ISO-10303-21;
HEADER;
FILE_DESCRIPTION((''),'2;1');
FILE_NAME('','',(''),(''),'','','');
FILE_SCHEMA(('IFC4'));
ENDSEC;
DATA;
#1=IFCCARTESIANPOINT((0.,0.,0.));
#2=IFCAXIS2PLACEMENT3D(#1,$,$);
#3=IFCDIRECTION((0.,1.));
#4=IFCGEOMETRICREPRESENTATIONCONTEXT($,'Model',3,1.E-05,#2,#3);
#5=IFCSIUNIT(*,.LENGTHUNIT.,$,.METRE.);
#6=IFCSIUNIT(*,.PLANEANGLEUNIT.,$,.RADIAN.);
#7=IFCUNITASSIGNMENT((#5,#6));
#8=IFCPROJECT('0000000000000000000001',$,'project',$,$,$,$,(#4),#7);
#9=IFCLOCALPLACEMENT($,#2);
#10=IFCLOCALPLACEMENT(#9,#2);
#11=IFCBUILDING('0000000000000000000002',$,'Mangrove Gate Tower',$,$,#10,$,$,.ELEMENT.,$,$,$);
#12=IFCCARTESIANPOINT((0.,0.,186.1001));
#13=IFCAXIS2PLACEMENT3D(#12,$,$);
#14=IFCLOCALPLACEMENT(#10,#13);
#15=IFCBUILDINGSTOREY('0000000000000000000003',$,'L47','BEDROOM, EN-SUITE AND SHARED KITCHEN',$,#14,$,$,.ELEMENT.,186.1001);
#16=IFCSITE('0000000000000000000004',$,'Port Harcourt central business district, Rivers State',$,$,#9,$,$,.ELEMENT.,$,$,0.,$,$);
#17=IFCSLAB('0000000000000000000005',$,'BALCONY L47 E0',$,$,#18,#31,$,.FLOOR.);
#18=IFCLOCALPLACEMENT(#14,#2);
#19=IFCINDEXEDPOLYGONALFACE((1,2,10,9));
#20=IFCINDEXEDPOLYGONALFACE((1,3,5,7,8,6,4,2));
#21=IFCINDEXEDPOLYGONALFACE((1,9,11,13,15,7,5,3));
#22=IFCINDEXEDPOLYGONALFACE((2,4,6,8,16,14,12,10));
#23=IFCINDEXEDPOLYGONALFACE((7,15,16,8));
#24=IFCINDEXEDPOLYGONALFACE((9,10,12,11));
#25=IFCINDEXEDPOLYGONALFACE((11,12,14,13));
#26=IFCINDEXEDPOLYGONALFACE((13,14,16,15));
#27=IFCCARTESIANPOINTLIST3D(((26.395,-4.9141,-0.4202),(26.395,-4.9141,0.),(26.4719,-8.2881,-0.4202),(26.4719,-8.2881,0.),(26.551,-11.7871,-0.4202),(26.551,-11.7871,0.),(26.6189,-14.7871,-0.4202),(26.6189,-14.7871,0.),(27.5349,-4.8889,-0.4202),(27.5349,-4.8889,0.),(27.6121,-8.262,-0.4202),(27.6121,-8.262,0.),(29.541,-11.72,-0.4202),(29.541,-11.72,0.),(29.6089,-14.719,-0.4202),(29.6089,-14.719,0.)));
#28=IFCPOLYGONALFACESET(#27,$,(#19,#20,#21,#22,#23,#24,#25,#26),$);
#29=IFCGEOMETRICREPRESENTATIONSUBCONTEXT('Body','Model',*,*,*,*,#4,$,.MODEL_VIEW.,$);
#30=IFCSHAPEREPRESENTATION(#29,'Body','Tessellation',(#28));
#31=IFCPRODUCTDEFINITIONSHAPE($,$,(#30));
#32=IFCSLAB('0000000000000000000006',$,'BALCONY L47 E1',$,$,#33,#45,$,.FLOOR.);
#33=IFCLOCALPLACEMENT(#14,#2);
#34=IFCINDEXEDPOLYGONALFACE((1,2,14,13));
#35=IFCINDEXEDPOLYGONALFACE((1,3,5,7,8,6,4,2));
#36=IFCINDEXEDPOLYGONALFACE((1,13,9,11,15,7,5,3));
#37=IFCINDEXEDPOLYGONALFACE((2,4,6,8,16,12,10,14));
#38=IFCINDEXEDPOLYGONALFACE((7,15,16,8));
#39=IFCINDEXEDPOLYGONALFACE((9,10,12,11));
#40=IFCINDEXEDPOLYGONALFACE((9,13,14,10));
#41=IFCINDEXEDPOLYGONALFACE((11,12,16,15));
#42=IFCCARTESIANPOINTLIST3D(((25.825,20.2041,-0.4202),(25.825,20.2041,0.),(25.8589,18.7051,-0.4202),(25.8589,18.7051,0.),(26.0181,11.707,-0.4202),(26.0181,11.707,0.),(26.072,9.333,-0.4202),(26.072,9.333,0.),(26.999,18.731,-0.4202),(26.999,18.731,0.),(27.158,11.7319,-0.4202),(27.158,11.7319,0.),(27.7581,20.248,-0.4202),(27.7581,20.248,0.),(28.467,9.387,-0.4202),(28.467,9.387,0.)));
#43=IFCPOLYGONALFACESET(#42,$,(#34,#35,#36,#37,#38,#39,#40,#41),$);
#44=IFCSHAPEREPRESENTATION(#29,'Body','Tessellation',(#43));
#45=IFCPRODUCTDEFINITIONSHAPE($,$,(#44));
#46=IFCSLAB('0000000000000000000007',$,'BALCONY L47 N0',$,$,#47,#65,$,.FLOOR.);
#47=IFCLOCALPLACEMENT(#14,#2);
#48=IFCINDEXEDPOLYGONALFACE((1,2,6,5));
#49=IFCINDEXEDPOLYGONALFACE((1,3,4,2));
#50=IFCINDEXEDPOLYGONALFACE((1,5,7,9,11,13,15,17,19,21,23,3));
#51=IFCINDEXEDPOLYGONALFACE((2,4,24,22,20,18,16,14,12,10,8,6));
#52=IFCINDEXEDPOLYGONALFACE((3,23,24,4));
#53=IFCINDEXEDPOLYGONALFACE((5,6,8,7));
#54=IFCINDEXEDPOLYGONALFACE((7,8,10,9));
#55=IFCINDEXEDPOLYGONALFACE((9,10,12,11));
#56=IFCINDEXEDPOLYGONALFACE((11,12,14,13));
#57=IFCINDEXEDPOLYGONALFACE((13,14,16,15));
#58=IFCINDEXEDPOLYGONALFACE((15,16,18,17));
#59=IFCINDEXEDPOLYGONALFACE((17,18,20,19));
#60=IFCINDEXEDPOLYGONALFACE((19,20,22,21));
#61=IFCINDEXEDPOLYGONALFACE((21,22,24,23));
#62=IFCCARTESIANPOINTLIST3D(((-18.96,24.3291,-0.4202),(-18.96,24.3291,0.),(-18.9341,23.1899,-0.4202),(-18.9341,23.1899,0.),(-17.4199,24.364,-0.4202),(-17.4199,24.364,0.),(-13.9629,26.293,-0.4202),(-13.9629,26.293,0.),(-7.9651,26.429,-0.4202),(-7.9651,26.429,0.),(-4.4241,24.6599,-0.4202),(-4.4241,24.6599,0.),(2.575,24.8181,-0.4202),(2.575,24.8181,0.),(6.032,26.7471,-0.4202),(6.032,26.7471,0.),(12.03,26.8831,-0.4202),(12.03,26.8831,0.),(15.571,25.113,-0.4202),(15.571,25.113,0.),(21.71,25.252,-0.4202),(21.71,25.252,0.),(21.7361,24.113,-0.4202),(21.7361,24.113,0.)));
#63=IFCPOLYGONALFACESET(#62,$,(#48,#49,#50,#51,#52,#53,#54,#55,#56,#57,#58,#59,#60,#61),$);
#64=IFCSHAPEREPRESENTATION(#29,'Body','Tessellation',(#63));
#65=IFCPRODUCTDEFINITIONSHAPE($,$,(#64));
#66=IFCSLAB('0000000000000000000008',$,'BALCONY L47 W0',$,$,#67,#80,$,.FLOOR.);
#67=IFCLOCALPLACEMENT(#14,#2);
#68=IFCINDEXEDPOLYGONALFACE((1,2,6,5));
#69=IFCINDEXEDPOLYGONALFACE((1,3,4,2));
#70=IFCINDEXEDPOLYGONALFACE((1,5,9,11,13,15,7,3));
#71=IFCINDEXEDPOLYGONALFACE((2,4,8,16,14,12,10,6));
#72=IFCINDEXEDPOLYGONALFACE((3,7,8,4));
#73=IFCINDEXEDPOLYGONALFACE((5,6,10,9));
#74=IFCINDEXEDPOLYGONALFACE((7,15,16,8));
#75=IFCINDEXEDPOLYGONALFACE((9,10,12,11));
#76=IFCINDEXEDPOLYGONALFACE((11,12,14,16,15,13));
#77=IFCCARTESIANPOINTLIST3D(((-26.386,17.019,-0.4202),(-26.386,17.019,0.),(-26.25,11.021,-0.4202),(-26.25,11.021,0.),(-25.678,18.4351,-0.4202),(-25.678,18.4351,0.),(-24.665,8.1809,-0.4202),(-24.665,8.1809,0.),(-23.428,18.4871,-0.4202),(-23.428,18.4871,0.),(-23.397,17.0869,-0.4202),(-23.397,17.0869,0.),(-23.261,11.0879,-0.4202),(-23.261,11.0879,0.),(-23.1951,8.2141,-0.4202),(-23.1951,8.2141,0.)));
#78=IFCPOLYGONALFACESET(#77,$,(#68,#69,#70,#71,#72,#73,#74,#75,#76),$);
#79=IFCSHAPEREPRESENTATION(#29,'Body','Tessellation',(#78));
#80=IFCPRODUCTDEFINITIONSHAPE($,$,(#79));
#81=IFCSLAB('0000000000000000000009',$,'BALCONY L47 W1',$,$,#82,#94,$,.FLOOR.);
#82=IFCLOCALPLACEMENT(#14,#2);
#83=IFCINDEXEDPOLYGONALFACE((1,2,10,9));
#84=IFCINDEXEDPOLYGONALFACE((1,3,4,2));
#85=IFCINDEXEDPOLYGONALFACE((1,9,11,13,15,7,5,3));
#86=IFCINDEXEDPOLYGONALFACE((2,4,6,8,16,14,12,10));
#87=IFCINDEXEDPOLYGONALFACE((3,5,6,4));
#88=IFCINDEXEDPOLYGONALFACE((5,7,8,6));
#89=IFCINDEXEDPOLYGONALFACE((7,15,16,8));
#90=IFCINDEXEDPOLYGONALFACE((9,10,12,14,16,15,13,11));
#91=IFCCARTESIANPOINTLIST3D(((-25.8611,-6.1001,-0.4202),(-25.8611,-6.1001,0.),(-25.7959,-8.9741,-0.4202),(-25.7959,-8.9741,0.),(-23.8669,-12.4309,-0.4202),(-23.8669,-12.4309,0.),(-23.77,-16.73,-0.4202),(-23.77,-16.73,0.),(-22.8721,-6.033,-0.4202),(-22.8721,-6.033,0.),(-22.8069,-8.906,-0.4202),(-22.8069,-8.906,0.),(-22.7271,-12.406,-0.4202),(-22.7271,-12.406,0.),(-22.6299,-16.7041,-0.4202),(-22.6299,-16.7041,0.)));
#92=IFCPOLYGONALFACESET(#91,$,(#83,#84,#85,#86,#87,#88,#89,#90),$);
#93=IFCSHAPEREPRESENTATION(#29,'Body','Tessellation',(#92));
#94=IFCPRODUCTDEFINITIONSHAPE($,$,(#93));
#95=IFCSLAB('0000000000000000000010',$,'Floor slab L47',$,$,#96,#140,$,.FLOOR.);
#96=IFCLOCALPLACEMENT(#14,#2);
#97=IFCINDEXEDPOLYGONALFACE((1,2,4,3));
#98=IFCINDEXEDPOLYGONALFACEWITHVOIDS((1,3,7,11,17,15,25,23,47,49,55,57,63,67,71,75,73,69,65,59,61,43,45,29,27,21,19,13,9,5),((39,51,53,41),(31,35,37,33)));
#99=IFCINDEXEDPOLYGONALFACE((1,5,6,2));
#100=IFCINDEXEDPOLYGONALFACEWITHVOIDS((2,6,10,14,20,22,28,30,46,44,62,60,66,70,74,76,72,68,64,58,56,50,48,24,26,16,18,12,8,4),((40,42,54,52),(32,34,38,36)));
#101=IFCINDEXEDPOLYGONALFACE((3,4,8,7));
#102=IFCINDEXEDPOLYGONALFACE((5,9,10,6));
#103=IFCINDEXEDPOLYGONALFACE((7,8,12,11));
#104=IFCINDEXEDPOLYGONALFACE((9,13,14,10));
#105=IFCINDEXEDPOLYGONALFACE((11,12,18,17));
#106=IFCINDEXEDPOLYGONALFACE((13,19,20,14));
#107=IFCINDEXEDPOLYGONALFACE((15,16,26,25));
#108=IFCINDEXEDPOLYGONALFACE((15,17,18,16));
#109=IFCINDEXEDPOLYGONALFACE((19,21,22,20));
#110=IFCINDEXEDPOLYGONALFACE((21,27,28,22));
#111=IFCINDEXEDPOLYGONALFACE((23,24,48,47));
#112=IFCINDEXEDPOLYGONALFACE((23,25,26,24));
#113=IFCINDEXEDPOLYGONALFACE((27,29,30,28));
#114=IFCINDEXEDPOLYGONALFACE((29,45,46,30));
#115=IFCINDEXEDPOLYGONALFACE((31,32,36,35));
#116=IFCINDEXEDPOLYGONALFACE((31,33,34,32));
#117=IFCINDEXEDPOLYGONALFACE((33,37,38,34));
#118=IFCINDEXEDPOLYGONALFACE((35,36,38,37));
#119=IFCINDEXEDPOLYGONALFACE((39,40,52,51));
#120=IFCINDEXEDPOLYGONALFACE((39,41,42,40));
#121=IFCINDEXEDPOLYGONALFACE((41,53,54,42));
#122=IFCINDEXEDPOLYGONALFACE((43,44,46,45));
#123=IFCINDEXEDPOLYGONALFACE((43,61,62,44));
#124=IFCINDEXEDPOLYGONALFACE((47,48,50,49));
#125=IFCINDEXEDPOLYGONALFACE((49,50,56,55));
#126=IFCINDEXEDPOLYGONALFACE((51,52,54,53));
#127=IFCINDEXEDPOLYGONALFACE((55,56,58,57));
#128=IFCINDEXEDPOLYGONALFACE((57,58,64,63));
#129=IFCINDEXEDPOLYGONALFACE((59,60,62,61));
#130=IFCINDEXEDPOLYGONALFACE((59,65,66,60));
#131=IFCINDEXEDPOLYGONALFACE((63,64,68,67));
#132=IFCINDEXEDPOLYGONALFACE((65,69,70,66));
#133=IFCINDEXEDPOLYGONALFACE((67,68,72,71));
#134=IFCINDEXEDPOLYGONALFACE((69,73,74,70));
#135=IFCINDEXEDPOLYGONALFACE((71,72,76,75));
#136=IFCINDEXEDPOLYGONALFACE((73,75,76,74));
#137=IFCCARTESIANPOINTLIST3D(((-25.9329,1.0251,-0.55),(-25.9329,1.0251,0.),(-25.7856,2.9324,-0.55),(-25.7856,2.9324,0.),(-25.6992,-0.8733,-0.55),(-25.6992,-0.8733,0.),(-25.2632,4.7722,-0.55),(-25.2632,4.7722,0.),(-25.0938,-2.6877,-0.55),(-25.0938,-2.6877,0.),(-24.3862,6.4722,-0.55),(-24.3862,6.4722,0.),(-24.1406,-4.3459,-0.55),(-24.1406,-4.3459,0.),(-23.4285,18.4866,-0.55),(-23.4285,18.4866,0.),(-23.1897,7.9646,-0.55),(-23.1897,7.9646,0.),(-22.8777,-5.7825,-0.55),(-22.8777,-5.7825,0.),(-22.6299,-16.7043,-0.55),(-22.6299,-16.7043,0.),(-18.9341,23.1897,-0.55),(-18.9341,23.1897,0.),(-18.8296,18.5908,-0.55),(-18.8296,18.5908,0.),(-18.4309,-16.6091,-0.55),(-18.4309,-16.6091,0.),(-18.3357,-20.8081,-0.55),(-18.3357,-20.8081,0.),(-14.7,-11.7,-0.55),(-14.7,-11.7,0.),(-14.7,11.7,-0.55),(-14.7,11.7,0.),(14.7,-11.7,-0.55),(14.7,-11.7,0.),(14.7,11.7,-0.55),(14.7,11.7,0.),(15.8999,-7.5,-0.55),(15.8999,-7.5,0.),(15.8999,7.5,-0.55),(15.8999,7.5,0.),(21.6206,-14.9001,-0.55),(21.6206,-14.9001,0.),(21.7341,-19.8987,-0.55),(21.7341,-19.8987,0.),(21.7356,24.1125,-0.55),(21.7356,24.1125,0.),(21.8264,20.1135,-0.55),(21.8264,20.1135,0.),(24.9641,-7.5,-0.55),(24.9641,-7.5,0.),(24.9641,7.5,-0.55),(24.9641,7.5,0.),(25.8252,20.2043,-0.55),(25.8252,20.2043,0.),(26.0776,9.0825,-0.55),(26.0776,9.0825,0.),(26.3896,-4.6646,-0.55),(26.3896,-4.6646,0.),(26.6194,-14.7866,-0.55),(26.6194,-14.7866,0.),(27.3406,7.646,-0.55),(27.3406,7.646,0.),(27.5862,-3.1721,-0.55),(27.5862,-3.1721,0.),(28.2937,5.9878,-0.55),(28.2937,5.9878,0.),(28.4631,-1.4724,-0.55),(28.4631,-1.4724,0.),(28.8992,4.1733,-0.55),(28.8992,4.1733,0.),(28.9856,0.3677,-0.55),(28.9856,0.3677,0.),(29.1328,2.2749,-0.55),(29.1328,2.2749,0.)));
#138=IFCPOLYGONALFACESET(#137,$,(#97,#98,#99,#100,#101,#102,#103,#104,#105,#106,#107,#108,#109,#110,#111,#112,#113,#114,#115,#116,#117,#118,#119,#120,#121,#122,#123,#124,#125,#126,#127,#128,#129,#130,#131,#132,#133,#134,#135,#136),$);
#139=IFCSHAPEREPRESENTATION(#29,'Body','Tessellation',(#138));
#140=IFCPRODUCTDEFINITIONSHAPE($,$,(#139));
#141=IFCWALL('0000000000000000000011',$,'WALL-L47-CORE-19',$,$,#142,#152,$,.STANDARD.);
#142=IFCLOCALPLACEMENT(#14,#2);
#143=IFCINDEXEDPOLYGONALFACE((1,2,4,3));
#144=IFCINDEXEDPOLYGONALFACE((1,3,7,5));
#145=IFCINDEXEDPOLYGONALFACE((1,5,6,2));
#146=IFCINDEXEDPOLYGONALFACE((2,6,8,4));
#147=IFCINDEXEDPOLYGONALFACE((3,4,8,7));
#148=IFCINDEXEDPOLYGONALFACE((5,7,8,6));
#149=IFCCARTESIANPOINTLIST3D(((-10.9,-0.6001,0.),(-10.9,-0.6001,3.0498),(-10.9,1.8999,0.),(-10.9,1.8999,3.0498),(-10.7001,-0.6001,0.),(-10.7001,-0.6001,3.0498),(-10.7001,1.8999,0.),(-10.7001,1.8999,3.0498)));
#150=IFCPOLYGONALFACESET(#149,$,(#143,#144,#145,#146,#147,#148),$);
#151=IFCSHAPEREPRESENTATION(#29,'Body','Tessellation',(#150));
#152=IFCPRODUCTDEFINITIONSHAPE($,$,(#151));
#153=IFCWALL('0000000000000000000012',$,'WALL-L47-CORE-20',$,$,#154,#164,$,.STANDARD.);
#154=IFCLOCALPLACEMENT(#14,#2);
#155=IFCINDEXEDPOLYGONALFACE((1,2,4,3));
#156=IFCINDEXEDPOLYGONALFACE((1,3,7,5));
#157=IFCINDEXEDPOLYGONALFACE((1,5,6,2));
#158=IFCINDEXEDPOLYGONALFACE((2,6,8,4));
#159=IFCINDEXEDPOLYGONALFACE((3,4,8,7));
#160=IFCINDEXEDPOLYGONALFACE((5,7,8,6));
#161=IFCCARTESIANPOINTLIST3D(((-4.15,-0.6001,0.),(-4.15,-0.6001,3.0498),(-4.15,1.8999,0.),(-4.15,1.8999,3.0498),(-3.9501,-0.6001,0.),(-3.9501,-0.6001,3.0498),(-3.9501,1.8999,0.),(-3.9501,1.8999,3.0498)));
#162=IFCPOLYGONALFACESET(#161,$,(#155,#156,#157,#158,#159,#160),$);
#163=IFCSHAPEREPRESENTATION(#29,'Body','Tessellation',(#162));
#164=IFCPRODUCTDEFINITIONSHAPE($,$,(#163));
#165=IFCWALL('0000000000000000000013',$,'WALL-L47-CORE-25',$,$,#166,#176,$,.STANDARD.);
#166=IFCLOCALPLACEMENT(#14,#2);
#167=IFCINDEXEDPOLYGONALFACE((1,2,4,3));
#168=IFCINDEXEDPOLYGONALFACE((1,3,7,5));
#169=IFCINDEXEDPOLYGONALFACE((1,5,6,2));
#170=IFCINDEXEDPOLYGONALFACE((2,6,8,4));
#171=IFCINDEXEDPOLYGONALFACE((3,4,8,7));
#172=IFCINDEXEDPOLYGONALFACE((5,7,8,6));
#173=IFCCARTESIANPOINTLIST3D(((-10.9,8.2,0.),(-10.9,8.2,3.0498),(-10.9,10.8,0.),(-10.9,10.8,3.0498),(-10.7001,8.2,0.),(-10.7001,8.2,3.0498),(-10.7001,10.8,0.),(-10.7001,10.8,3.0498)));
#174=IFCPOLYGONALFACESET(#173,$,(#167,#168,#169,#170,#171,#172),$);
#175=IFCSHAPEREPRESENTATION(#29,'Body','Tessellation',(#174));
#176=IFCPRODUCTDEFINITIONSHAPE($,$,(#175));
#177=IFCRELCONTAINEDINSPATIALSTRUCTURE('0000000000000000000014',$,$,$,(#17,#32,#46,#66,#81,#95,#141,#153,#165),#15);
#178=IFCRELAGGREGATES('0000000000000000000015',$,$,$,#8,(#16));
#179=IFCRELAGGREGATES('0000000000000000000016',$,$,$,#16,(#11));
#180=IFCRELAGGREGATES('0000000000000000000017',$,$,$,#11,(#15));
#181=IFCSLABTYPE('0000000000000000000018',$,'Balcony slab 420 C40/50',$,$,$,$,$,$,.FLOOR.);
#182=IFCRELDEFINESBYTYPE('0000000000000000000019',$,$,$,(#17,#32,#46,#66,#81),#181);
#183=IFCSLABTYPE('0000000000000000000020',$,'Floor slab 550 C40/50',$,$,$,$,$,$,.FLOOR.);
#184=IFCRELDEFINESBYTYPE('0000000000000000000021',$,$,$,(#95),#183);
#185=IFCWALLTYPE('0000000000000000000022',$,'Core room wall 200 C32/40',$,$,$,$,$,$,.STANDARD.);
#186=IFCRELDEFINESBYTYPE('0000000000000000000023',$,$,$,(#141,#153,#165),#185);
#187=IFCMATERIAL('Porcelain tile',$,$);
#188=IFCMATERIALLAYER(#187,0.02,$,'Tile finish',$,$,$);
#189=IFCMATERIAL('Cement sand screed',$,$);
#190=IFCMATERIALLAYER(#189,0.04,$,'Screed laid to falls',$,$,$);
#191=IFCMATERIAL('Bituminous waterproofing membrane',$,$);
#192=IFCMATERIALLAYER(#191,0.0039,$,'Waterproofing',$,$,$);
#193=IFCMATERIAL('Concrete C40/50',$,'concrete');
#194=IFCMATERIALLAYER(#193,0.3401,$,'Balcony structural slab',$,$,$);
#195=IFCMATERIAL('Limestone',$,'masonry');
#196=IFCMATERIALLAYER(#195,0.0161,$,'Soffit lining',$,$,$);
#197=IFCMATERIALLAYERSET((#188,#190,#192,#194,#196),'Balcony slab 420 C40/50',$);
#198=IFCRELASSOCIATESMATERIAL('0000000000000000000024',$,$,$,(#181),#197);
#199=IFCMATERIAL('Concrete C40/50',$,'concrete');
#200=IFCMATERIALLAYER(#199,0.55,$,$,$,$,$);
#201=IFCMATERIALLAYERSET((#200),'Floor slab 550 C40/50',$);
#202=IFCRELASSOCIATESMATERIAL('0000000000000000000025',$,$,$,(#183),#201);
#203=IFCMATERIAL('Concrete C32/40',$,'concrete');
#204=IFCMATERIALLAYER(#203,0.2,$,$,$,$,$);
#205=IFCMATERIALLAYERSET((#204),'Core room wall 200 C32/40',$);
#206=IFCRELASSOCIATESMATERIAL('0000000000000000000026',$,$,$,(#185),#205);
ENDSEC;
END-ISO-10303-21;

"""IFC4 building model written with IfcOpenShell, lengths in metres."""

from ifc_helpers import new_model, si_unit, direction, frame, frame_2d, origin, place, context, subcontext, project, spatial, polyline, rectangle, outline, extrude, material, layer, layer_set, type_object, element, save


model = new_model("IFC4")

# Units and contexts
model_context = context("Model", 3, precision=1e-05, world=origin(), true_north=direction((0.0, 1.0)))
body_context = subcontext(model_context, "Body", "Model", "MODEL_VIEW")
ifc_project = project(units=[si_unit("LENGTHUNIT", "METRE"), si_unit("PLANEANGLEUNIT", "RADIAN")], contexts=[model_context])

# Site, building, storey
site_placement = place(None, origin())
site = spatial("IfcSite", under=ifc_project, at=site_placement, Name="Port Harcourt central business district, Rivers State", CompositionType="ELEMENT", RefElevation=0.0)
building_placement = place(site_placement, origin())
building = spatial("IfcBuilding", under=site, at=building_placement, Name="Mangrove Gate Tower", CompositionType="ELEMENT")
storey_placement = place(building_placement, frame((0.0, 0.0, 186.1001)))
storey = spatial("IfcBuildingStorey", under=building, at=storey_placement, Name="L47", Description="BEDROOM, EN-SUITE AND SHARED KITCHEN", CompositionType="ELEMENT", Elevation=186.1001)

# Slabs
ifc_material_1 = material(Name="Porcelain tile")
ifc_layer_1 = layer(ifc_material_1, 0.02, Name="Tile finish")
ifc_material_2 = material(Name="Cement sand screed")
ifc_layer_2 = layer(ifc_material_2, 0.04, Name="Screed laid to falls")
ifc_material_3 = material(Name="Bituminous waterproofing membrane")
ifc_layer_3 = layer(ifc_material_3, 0.0039, Name="Waterproofing")
ifc_material_4 = material(Name="Concrete C40/50", Category="concrete")
ifc_layer_4 = layer(ifc_material_4, 0.3401, Name="Balcony structural slab")
ifc_material_5 = material(Name="Limestone", Category="masonry")
ifc_layer_5 = layer(ifc_material_5, 0.0161, Name="Soffit lining")
ifc_layer_set_1 = layer_set([ifc_layer_1, ifc_layer_2, ifc_layer_3, ifc_layer_4, ifc_layer_5], Name="Balcony slab 420 C40/50")
slab_type_1 = type_object("IfcSlabType", Name="Balcony slab 420 C40/50", PredefinedType="FLOOR", material=ifc_layer_set_1)
slab_1_placement = place(storey_placement, frame((0.0, 0.0, -0.4202)))
element("IfcSlab", 1, at=slab_1_placement, inside=storey, type_object=slab_type_1, Name="BALCONY L47 E0", PredefinedType="FLOOR", context=body_context, shape_type="SweptSolid", body=[
    extrude(outline(polyline([(29.6089, -14.719), (29.541, -11.72), (27.6121, -8.262), (27.5349, -4.8889), (26.395, -4.9141), (26.4719, -8.2881), (26.551, -11.7871), (26.6189, -14.7871), (29.6089, -14.719)])), origin(), (0.0, 0.0, 1.0), 0.4202),
])
slab_2_placement = place(storey_placement, frame((0.0, 0.0, -0.4202)))
element("IfcSlab", 2, at=slab_2_placement, inside=storey, type_object=slab_type_1, Name="BALCONY L47 E1", PredefinedType="FLOOR", context=body_context, shape_type="SweptSolid", body=[
    extrude(outline(polyline([(28.467, 9.387), (27.158, 11.7319), (26.999, 18.731), (27.7581, 20.248), (25.825, 20.2041), (25.8589, 18.7051), (26.0181, 11.707), (26.072, 9.333), (28.467, 9.387)])), origin(), (0.0, 0.0, 1.0), 0.4202),
])
slab_3_placement = place(storey_placement, frame((0.0, 0.0, -0.4202)))
element("IfcSlab", 3, at=slab_3_placement, inside=storey, type_object=slab_type_1, Name="BALCONY L47 N0", PredefinedType="FLOOR", context=body_context, shape_type="SweptSolid", body=[
    extrude(outline(polyline([(21.71, 25.252), (15.571, 25.113), (12.03, 26.8831), (6.032, 26.7471), (2.575, 24.8181), (-4.4241, 24.6599), (-7.9651, 26.429), (-13.9629, 26.293), (-17.4199, 24.364), (-18.96, 24.3291), (-18.9341, 23.1899), (21.7361, 24.113), (21.71, 25.252)])), origin(), (0.0, 0.0, 1.0), 0.4202),
])
slab_4_placement = place(storey_placement, frame((0.0, 0.0, -0.4202)))
element("IfcSlab", 4, at=slab_4_placement, inside=storey, type_object=slab_type_1, Name="BALCONY L47 W0", PredefinedType="FLOOR", context=body_context, shape_type="SweptSolid", body=[
    extrude(outline(polyline([(-25.678, 18.4351), (-26.386, 17.019), (-26.25, 11.021), (-24.665, 8.1809), (-23.1951, 8.2141), (-23.261, 11.0879), (-23.397, 17.0869), (-23.428, 18.4871), (-25.678, 18.4351)])), origin(), (0.0, 0.0, 1.0), 0.4202),
])
slab_5_placement = place(storey_placement, frame((0.0, 0.0, -0.4202)))
element("IfcSlab", 5, at=slab_5_placement, inside=storey, type_object=slab_type_1, Name="BALCONY L47 W1", PredefinedType="FLOOR", context=body_context, shape_type="SweptSolid", body=[
    extrude(outline(polyline([(-25.8611, -6.1001), (-25.7959, -8.9741), (-23.8669, -12.4309), (-23.77, -16.73), (-22.6299, -16.7041), (-22.7271, -12.406), (-22.8069, -8.906), (-22.8721, -6.033), (-25.8611, -6.1001)])), origin(), (0.0, 0.0, 1.0), 0.4202),
])
ifc_material_6 = material(Name="Concrete C40/50", Category="concrete")
ifc_layer_6 = layer(ifc_material_6, 0.55)
ifc_layer_set_2 = layer_set([ifc_layer_6], Name="Floor slab 550 C40/50")
slab_type_2 = type_object("IfcSlabType", Name="Floor slab 550 C40/50", PredefinedType="FLOOR", material=ifc_layer_set_2)
slab_6_placement = place(storey_placement, frame((0.0, 0.0, -0.55)))
element("IfcSlab", 6, at=slab_6_placement, inside=storey, type_object=slab_type_2, Name="Floor slab L47", PredefinedType="FLOOR", context=body_context, shape_type="SweptSolid", body=[
    extrude(outline(polyline([(-18.3357, -20.8081), (21.7341, -19.8987), (21.6206, -14.9001), (26.6194, -14.7866), (26.3896, -4.6646), (27.5862, -3.1721), (28.4631, -1.4724), (28.9856, 0.3677), (29.1328, 2.2749), (28.8992, 4.1733), (28.2937, 5.9878), (27.3406, 7.646), (26.0776, 9.0825), (25.8252, 20.2043), (21.8264, 20.1135), (21.7356, 24.1125), (-18.9341, 23.1897), (-18.8296, 18.5908), (-23.4285, 18.4866), (-23.1897, 7.9646), (-24.3862, 6.4722), (-25.2632, 4.7722), (-25.7856, 2.9324), (-25.9329, 1.0251), (-25.6992, -0.8733), (-25.0938, -2.6877), (-24.1406, -4.3459), (-22.8777, -5.7825), (-22.6299, -16.7043), (-18.4309, -16.6091), (-18.3357, -20.8081)]), holes=[polyline([(15.8999, 7.5), (24.9641, 7.5), (24.9641, -7.5), (15.8999, -7.5), (15.8999, 7.5)]), polyline([(-14.7, -11.7), (-14.7, 11.7), (14.7, 11.7), (14.7, -11.7), (-14.7, -11.7)])]), origin(), (0.0, 0.0, 1.0), 0.55),
])

# Walls
ifc_material_7 = material(Name="Concrete C32/40", Category="concrete")
ifc_layer_7 = layer(ifc_material_7, 0.2)
ifc_layer_set_3 = layer_set([ifc_layer_7], Name="Core room wall 200 C32/40")
wall_type = type_object("IfcWallType", Name="Core room wall 200 C32/40", PredefinedType="STANDARD", material=ifc_layer_set_3)
for number, where, z_axis, x_axis, name in (
    (7, (-10.8, -0.6001, 0.0), (0.0, 0.0, 1.0), (0.0, 1.0, 0.0), "WALL-L47-CORE-19"),
    (8, (-4.05, -0.6001, 0.0), (0.0, 0.0, 1.0), (0.0, 1.0, 0.0), "WALL-L47-CORE-20"),
):
    element("IfcWall", number, at=place(storey_placement, frame(where, z_axis=z_axis, x_axis=x_axis)), inside=storey, type_object=wall_type, Name=name, PredefinedType="STANDARD", context=body_context, shape_type="SweptSolid", body=[
        extrude(rectangle(XDim=2.5, YDim=0.2, at=frame_2d((1.25, 0.0))), origin(), (0.0, 0.0, 1.0), 3.0498),
    ])
wall_placement = place(storey_placement, frame((-10.8, 8.2, 0.0), z_axis=(0.0, 0.0, 1.0), x_axis=(0.0, 1.0, 0.0)))
element("IfcWall", 9, at=wall_placement, inside=storey, type_object=wall_type, Name="WALL-L47-CORE-25", PredefinedType="STANDARD", context=body_context, shape_type="SweptSolid", body=[
    extrude(rectangle(XDim=2.6001, YDim=0.2, at=frame_2d((1.3, 0.0))), origin(), (0.0, 0.0, 1.0), 3.0498),
])

save(model, "model.ifc")
